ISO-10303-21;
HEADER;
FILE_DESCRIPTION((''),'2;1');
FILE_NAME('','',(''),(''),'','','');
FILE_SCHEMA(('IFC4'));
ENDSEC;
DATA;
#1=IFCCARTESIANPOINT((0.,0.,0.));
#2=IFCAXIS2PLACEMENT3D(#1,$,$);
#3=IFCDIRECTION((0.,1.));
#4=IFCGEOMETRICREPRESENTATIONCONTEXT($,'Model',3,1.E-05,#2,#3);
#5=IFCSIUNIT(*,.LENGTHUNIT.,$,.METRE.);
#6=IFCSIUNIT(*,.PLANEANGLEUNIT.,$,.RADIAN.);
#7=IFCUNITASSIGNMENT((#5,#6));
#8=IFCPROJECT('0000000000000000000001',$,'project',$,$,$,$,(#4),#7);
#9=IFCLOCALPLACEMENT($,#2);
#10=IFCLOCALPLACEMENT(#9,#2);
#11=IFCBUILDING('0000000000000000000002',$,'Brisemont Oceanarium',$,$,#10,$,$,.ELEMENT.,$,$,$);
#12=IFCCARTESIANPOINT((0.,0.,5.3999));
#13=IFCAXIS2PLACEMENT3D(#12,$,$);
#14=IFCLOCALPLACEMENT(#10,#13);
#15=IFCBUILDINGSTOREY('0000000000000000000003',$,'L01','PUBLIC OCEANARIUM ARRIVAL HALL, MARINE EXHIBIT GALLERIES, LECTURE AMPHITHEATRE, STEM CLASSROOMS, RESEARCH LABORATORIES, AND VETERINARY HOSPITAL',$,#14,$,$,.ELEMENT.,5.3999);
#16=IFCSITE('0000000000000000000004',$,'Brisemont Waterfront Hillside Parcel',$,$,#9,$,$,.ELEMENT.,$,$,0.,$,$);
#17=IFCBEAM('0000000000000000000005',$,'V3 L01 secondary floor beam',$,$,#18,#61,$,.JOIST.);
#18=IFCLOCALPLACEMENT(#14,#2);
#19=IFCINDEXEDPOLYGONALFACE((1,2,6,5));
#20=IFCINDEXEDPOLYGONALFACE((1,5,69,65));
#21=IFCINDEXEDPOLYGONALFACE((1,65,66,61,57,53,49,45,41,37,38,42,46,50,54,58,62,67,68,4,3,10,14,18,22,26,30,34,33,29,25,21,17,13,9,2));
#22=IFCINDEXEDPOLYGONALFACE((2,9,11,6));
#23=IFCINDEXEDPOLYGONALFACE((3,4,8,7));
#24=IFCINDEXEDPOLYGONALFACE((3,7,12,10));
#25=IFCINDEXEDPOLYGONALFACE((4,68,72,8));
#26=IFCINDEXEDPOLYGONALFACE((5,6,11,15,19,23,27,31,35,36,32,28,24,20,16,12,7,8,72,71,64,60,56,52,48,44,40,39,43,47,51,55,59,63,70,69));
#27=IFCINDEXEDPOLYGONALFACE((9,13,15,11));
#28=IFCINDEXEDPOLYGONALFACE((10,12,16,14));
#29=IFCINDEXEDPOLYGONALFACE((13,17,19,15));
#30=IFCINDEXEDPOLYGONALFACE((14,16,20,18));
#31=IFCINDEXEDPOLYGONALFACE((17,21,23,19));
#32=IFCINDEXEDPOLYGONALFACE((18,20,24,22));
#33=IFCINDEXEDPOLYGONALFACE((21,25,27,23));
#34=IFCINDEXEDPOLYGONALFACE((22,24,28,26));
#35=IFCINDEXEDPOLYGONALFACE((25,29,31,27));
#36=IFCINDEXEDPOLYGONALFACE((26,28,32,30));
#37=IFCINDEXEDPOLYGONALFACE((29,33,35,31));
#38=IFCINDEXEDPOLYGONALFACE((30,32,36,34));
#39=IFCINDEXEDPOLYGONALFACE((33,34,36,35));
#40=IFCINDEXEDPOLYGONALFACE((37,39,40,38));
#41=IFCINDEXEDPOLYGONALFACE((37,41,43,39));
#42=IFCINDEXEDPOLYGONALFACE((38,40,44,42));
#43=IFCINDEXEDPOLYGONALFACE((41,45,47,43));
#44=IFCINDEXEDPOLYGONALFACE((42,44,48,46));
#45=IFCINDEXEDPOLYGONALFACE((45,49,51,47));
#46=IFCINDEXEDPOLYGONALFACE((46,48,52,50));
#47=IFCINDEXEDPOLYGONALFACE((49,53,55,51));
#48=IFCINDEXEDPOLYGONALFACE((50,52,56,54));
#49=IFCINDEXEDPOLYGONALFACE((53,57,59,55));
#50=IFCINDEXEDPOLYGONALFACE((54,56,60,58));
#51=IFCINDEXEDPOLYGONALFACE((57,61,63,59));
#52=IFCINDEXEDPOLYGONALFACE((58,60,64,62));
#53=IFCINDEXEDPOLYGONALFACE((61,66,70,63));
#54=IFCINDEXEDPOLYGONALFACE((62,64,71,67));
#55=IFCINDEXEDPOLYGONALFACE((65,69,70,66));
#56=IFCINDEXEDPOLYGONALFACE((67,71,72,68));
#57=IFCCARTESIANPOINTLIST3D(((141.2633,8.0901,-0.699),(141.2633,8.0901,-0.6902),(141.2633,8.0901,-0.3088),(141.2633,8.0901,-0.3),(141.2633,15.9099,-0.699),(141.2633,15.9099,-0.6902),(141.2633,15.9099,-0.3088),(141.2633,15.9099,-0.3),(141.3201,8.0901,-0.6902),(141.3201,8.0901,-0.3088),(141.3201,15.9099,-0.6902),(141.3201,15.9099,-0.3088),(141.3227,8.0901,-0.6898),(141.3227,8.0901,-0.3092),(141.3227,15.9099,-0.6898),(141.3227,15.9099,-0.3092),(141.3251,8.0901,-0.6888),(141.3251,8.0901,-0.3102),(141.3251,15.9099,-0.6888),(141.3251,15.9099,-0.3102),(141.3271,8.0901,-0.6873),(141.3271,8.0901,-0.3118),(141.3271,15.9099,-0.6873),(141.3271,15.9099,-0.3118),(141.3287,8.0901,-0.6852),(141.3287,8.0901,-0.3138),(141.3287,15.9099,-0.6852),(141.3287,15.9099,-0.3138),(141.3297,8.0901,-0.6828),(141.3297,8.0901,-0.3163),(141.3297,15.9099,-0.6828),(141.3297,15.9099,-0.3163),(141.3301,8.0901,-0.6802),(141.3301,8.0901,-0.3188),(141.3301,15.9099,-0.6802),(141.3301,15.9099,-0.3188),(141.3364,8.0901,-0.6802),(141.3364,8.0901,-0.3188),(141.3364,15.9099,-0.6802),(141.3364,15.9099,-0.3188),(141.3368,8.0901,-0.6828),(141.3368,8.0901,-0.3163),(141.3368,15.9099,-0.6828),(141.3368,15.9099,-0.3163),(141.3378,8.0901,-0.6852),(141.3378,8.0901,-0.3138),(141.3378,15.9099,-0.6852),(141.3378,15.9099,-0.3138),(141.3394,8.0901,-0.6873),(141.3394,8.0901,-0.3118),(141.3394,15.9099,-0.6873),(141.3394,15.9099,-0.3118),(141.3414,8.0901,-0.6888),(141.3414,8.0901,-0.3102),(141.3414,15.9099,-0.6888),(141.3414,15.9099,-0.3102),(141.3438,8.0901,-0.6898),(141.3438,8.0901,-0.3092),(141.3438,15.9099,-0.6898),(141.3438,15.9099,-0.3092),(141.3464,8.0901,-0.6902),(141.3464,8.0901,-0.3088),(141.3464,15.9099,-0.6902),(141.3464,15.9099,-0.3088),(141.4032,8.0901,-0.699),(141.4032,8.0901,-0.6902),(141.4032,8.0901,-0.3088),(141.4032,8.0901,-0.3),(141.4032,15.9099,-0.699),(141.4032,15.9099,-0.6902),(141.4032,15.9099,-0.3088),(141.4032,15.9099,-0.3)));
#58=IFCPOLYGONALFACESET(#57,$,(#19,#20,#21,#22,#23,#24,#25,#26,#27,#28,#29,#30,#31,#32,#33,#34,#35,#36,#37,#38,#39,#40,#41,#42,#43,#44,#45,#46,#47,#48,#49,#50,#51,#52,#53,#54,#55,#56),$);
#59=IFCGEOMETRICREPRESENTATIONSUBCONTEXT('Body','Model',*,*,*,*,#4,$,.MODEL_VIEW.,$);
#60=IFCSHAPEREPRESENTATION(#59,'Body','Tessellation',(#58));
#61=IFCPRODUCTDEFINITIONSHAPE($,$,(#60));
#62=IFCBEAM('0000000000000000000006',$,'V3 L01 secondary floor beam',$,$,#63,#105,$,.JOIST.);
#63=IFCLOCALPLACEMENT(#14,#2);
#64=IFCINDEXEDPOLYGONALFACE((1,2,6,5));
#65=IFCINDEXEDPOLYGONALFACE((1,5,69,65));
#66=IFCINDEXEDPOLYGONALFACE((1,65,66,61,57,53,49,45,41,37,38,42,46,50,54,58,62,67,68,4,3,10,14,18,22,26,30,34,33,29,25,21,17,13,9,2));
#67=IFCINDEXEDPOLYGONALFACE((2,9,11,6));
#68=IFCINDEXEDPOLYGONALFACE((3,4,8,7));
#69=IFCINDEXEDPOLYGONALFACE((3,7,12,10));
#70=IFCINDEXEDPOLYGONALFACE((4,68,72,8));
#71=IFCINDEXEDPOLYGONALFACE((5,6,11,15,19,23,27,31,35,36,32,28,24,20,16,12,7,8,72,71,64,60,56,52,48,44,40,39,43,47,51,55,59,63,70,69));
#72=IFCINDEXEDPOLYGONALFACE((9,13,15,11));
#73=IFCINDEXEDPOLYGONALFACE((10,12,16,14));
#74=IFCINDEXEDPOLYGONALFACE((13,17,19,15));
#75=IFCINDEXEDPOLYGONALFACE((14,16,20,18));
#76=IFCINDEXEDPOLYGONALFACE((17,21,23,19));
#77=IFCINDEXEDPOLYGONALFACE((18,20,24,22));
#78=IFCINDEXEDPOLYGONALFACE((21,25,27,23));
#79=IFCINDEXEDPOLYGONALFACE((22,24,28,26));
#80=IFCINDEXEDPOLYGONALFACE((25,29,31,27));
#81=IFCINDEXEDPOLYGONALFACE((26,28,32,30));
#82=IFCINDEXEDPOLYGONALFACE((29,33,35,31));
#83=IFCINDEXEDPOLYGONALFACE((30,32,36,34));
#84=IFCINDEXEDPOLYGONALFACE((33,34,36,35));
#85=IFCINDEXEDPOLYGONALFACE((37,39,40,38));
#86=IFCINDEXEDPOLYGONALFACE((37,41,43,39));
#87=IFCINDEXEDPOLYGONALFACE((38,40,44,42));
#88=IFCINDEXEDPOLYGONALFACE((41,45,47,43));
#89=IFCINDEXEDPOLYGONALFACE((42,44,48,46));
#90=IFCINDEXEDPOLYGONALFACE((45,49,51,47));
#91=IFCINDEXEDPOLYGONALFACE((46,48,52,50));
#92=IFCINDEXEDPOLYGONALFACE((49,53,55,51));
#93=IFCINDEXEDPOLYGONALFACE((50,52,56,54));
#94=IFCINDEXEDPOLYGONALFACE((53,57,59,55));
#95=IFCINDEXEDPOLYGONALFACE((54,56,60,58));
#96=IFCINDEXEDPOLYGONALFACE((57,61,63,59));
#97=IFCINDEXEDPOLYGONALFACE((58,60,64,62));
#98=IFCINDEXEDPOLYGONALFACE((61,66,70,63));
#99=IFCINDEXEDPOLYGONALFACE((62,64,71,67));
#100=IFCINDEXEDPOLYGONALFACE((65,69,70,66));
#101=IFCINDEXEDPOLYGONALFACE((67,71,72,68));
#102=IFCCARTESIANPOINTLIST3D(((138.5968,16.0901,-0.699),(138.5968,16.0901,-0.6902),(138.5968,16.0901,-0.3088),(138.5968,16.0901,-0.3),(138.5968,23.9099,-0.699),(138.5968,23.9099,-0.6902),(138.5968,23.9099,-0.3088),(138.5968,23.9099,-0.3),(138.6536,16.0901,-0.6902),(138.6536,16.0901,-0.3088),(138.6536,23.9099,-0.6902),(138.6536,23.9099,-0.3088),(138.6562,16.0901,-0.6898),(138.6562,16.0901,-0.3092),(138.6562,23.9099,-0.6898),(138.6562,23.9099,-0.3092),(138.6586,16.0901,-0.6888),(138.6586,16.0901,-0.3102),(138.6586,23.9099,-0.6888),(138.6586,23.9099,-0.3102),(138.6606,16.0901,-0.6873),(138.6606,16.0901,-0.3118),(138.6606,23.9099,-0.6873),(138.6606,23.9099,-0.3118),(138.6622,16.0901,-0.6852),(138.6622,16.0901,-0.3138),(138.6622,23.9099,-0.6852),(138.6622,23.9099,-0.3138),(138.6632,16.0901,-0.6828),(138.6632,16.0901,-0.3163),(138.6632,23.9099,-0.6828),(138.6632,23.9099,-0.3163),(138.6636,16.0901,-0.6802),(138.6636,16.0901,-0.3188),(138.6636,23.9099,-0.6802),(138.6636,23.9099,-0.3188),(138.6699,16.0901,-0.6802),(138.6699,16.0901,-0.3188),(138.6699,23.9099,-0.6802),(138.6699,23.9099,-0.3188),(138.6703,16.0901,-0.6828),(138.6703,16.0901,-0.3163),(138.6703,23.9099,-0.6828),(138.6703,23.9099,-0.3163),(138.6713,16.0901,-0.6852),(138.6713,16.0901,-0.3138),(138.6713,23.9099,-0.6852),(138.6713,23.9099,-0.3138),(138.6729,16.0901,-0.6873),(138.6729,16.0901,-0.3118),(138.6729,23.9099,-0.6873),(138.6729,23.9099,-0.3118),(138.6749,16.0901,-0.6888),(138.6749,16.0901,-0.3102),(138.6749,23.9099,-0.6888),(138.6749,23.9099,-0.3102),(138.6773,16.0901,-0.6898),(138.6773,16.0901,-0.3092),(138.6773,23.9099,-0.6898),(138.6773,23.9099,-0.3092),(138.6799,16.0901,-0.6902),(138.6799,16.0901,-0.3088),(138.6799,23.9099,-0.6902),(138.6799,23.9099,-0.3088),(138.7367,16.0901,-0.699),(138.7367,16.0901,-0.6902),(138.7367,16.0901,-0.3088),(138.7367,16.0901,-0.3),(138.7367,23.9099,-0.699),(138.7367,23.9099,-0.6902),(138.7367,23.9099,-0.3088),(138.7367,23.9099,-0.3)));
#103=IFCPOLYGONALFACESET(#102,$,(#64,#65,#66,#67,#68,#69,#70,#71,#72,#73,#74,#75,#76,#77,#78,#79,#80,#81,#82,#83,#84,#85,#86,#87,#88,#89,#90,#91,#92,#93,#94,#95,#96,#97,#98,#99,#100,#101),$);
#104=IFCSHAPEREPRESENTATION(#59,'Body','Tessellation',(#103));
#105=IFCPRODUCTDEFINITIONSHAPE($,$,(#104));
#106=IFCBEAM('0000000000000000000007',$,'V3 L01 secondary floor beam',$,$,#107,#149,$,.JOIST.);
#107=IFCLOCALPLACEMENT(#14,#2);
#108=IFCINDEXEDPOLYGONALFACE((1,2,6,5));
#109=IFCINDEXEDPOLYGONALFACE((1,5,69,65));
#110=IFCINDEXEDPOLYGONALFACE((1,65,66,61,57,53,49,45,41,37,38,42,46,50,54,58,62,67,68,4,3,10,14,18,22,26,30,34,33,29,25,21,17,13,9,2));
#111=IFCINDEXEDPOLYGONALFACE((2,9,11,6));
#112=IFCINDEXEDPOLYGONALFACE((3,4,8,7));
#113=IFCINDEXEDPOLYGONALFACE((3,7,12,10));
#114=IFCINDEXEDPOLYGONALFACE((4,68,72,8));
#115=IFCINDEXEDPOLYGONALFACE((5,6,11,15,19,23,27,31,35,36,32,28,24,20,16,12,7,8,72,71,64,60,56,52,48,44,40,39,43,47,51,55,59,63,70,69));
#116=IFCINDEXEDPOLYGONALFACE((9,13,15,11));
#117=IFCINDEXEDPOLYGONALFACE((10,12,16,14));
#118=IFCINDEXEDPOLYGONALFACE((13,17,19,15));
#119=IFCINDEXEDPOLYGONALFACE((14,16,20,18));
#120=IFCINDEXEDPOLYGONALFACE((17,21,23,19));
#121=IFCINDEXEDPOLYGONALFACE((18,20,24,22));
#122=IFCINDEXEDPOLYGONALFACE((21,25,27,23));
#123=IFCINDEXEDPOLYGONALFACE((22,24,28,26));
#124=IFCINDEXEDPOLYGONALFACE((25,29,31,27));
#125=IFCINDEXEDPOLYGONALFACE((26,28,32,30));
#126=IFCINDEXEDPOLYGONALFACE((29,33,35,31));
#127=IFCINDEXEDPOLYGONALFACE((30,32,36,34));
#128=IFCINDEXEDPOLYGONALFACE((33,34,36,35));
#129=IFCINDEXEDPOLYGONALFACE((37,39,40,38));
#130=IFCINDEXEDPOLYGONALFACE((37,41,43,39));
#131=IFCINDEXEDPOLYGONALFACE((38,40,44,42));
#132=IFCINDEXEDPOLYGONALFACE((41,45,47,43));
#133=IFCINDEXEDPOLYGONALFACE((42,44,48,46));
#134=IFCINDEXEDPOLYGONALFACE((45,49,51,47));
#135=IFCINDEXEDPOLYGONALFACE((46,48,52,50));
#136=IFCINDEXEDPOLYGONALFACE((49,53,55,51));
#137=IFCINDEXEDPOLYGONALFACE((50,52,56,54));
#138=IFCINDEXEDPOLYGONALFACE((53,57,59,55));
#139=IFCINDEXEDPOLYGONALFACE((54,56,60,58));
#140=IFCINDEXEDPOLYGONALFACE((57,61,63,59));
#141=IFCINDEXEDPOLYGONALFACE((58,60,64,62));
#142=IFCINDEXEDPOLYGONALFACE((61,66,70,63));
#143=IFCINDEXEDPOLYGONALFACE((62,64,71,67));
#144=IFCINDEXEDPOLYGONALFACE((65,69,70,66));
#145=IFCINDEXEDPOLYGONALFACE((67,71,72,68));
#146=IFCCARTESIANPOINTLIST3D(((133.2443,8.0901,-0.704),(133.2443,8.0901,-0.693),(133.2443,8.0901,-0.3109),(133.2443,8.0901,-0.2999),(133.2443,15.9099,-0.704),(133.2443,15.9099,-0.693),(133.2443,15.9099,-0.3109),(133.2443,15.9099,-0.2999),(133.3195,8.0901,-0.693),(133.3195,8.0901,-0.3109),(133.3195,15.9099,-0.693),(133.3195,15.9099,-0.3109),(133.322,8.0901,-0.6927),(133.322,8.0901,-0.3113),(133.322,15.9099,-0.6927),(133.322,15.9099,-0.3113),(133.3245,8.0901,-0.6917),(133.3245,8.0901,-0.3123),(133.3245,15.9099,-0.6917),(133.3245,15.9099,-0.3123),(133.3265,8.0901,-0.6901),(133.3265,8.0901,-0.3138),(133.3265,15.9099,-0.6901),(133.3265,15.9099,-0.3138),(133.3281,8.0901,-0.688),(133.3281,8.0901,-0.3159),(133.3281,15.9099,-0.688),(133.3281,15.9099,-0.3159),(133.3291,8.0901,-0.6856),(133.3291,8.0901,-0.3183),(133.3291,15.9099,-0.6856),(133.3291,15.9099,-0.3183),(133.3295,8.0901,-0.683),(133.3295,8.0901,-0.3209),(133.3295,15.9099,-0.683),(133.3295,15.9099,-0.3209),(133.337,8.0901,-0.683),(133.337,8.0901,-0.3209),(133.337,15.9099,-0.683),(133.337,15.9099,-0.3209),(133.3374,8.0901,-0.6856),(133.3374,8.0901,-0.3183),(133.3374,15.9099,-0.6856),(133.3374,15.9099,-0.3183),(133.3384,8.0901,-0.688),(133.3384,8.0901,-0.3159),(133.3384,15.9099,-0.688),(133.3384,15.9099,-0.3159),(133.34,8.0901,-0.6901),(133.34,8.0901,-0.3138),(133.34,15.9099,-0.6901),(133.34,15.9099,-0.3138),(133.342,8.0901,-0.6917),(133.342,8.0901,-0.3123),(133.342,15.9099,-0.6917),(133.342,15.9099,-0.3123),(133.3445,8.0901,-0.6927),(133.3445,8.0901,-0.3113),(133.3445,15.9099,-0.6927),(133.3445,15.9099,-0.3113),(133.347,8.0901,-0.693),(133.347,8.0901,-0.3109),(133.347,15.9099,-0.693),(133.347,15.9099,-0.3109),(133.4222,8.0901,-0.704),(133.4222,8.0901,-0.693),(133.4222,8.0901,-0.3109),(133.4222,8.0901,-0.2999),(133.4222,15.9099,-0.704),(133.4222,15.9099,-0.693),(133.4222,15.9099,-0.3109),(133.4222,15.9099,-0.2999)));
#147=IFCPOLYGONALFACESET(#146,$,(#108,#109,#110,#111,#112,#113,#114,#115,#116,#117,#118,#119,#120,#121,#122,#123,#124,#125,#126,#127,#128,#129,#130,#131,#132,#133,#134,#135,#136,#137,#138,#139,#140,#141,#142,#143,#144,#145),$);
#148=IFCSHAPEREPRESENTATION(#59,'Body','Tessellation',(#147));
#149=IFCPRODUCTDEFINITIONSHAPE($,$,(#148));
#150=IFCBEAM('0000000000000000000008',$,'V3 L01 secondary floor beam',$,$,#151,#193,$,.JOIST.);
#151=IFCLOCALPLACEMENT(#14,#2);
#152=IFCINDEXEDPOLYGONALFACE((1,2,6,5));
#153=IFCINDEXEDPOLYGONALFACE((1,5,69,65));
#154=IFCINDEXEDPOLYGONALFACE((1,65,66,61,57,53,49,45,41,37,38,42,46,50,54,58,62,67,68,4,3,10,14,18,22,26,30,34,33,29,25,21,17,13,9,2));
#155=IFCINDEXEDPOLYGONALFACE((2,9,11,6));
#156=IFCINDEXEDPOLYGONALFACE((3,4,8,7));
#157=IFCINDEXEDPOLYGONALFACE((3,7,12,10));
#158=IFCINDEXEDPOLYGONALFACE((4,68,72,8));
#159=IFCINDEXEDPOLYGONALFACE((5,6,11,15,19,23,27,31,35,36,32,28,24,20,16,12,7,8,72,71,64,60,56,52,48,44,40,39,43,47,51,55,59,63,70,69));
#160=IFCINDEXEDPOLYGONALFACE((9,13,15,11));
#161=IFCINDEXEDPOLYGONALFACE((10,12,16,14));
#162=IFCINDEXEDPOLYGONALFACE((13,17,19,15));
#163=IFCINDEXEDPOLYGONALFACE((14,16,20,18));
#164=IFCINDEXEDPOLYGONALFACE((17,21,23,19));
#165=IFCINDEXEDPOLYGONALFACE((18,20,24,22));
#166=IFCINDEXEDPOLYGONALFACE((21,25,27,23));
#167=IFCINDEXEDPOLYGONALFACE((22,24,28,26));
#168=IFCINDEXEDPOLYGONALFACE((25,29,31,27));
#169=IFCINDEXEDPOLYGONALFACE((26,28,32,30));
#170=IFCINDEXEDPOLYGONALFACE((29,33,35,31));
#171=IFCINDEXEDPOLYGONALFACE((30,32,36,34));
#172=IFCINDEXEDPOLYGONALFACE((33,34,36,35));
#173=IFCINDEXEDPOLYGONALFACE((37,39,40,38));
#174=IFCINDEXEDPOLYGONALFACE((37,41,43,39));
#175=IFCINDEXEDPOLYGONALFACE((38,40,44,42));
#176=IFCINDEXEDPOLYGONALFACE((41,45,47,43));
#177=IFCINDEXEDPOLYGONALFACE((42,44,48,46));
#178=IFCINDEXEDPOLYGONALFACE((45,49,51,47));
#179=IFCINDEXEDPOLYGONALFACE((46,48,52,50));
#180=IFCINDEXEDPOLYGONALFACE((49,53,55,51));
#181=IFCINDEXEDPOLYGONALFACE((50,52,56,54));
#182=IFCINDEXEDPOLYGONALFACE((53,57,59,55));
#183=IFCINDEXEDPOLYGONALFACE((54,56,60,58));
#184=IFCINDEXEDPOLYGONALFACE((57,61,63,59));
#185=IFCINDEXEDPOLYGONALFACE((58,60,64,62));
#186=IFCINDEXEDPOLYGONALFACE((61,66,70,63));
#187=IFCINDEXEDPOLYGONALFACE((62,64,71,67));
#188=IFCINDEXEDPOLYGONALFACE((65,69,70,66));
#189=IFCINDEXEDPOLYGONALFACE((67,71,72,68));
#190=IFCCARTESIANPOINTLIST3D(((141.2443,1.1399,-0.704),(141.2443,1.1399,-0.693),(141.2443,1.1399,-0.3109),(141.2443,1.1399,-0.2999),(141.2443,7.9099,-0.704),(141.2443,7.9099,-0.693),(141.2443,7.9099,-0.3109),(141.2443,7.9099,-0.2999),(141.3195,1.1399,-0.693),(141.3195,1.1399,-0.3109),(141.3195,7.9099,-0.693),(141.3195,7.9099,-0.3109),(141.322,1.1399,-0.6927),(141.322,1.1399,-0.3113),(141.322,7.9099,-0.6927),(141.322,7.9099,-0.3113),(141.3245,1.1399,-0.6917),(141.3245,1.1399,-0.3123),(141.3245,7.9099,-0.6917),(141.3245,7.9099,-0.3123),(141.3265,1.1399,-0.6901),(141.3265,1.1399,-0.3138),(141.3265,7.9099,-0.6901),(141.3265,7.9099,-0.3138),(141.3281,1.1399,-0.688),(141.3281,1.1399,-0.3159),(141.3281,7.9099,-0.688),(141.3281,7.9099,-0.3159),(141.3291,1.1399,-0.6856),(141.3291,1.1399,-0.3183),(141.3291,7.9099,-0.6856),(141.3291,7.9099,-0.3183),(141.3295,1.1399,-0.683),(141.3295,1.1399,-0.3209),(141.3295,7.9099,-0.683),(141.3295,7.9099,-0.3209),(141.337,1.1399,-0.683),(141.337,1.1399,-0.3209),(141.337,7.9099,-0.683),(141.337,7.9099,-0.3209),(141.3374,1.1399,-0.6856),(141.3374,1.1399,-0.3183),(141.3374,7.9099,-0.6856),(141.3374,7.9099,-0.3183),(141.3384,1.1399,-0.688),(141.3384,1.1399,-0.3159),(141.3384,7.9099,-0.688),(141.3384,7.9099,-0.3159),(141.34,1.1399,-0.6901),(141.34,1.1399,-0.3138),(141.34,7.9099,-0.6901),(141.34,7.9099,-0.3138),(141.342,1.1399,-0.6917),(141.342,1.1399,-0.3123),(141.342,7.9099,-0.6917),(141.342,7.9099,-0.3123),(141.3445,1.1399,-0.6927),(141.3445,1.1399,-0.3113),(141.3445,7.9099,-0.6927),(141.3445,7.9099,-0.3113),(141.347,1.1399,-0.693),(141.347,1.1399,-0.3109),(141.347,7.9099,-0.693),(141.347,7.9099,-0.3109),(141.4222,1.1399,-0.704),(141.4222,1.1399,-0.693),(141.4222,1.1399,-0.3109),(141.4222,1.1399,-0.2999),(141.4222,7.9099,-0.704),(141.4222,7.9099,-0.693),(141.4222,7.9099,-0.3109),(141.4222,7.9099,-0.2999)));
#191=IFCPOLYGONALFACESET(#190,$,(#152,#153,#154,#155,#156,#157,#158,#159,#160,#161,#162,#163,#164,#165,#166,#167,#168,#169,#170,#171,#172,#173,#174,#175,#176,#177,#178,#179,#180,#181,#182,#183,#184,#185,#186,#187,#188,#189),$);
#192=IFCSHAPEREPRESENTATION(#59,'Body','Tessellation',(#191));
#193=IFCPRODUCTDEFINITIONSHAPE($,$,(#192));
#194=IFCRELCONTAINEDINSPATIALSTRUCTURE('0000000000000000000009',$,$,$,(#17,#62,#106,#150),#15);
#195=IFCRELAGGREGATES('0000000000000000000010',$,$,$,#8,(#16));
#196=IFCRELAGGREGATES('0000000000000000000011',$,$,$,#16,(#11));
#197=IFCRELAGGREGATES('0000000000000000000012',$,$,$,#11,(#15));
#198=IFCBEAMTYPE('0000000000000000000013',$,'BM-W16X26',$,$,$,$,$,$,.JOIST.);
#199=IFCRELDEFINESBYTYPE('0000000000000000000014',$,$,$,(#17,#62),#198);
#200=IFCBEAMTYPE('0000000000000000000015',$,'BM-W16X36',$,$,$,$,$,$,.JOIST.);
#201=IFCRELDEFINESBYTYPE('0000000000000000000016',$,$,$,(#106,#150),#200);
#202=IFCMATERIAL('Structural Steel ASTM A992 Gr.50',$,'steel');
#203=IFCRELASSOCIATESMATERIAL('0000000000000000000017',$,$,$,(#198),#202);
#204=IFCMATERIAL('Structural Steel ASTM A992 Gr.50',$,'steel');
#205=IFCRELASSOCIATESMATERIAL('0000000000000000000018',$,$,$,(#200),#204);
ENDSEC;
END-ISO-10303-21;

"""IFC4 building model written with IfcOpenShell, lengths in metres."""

from ifc_helpers import new_model, si_unit, direction, frame, origin, origin_2d, place, context, subcontext, project, spatial, i_section, extrude, material, material_profile, profile_set, type_object, element, save


model = new_model("IFC4")

# Units and contexts
model_context = context("Model", 3, precision=1e-05, world=origin(), true_north=direction((0.0, 1.0)))
body_context = subcontext(model_context, "Body", "Model", "MODEL_VIEW")
ifc_project = project(units=[si_unit("LENGTHUNIT", "METRE"), si_unit("PLANEANGLEUNIT", "RADIAN")], contexts=[model_context])

# Site, building, storey
site_placement = place(None, origin())
site = spatial("IfcSite", under=ifc_project, at=site_placement, Name="Brisemont Waterfront Hillside Parcel", CompositionType="ELEMENT", RefElevation=0.0)
building_placement = place(site_placement, origin())
building = spatial("IfcBuilding", under=site, at=building_placement, Name="Brisemont Oceanarium", CompositionType="ELEMENT")
storey_placement = place(building_placement, frame((0.0, 0.0, 5.3999)))
storey = spatial("IfcBuildingStorey", under=building, at=storey_placement, Name="L01", Description="PUBLIC OCEANARIUM ARRIVAL HALL, MARINE EXHIBIT GALLERIES, LECTURE AMPHITHEATRE, STEM CLASSROOMS, RESEARCH LABORATORIES, AND VETERINARY HOSPITAL", CompositionType="ELEMENT", Elevation=5.3999)

# Beams
ifc_material_1 = material(Name="Structural Steel ASTM A992 Gr.50", Category="steel")
ifc_material_profile_1 = material_profile(ifc_material_1, i_section(OverallWidth=0.1399, OverallDepth=0.3989, WebThickness=0.0063, FlangeThickness=0.0088, FilletRadius=0.01, at=origin_2d()), Name="W16X26")
ifc_profile_set_1 = profile_set([ifc_material_profile_1], Name="Structural Steel ASTM A992 Gr.50")
beam_type_1 = type_object("IfcBeamType", Name="BM-W16X26", PredefinedType="JOIST", material=ifc_profile_set_1)
for number, where, z_axis, x_axis, name in (
    (1, (141.3333, 8.0901, -0.4995), (0.0, 1.0, 0.0), (-1.0, 0.0, 0.0), "V3 L01 secondary floor beam"),
    (2, (138.6667, 16.0901, -0.4995), (0.0, 1.0, 0.0), (-1.0, 0.0, 0.0), "V3 L01 secondary floor beam"),
):
    element("IfcBeam", number, at=place(storey_placement, frame(where, z_axis=z_axis, x_axis=x_axis)), inside=storey, type_object=beam_type_1, Name=name, PredefinedType="JOIST", context=body_context, shape_type="SweptSolid", body=[
        extrude(i_section(OverallWidth=0.1399, OverallDepth=0.3989, WebThickness=0.0063, FlangeThickness=0.0088, FilletRadius=0.01, at=origin_2d()), origin(), (0.0, 0.0, 1.0), 7.8198),
    ])
ifc_material_2 = material(Name="Structural Steel ASTM A992 Gr.50", Category="steel")
ifc_material_profile_2 = material_profile(ifc_material_2, i_section(OverallWidth=0.178, OverallDepth=0.4041, WebThickness=0.0076, FlangeThickness=0.011, FilletRadius=0.01, at=origin_2d()), Name="W16X36")
ifc_profile_set_2 = profile_set([ifc_material_profile_2], Name="Structural Steel ASTM A992 Gr.50")
beam_type_2 = type_object("IfcBeamType", Name="BM-W16X36", PredefinedType="JOIST", material=ifc_profile_set_2)
beam_1_placement = place(storey_placement, frame((133.3333, 8.0901, -0.502), z_axis=(0.0, 1.0, 0.0), x_axis=(-1.0, 0.0, 0.0)))
element("IfcBeam", 3, at=beam_1_placement, inside=storey, type_object=beam_type_2, Name="V3 L01 secondary floor beam", PredefinedType="JOIST", context=body_context, shape_type="SweptSolid", body=[
    extrude(i_section(OverallWidth=0.178, OverallDepth=0.4041, WebThickness=0.0076, FlangeThickness=0.011, FilletRadius=0.01, at=origin_2d()), origin(), (0.0, 0.0, 1.0), 7.8198),
])
beam_2_placement = place(storey_placement, frame((141.3333, 1.1399, -0.502), z_axis=(0.0, 1.0, 0.0), x_axis=(-1.0, 0.0, 0.0)))
element("IfcBeam", 4, at=beam_2_placement, inside=storey, type_object=beam_type_2, Name="V3 L01 secondary floor beam", PredefinedType="JOIST", context=body_context, shape_type="SweptSolid", body=[
    extrude(i_section(OverallWidth=0.178, OverallDepth=0.4041, WebThickness=0.0076, FlangeThickness=0.011, FilletRadius=0.01, at=origin_2d()), origin(), (0.0, 0.0, 1.0), 6.77),
])

save(model, "model.ifc")
